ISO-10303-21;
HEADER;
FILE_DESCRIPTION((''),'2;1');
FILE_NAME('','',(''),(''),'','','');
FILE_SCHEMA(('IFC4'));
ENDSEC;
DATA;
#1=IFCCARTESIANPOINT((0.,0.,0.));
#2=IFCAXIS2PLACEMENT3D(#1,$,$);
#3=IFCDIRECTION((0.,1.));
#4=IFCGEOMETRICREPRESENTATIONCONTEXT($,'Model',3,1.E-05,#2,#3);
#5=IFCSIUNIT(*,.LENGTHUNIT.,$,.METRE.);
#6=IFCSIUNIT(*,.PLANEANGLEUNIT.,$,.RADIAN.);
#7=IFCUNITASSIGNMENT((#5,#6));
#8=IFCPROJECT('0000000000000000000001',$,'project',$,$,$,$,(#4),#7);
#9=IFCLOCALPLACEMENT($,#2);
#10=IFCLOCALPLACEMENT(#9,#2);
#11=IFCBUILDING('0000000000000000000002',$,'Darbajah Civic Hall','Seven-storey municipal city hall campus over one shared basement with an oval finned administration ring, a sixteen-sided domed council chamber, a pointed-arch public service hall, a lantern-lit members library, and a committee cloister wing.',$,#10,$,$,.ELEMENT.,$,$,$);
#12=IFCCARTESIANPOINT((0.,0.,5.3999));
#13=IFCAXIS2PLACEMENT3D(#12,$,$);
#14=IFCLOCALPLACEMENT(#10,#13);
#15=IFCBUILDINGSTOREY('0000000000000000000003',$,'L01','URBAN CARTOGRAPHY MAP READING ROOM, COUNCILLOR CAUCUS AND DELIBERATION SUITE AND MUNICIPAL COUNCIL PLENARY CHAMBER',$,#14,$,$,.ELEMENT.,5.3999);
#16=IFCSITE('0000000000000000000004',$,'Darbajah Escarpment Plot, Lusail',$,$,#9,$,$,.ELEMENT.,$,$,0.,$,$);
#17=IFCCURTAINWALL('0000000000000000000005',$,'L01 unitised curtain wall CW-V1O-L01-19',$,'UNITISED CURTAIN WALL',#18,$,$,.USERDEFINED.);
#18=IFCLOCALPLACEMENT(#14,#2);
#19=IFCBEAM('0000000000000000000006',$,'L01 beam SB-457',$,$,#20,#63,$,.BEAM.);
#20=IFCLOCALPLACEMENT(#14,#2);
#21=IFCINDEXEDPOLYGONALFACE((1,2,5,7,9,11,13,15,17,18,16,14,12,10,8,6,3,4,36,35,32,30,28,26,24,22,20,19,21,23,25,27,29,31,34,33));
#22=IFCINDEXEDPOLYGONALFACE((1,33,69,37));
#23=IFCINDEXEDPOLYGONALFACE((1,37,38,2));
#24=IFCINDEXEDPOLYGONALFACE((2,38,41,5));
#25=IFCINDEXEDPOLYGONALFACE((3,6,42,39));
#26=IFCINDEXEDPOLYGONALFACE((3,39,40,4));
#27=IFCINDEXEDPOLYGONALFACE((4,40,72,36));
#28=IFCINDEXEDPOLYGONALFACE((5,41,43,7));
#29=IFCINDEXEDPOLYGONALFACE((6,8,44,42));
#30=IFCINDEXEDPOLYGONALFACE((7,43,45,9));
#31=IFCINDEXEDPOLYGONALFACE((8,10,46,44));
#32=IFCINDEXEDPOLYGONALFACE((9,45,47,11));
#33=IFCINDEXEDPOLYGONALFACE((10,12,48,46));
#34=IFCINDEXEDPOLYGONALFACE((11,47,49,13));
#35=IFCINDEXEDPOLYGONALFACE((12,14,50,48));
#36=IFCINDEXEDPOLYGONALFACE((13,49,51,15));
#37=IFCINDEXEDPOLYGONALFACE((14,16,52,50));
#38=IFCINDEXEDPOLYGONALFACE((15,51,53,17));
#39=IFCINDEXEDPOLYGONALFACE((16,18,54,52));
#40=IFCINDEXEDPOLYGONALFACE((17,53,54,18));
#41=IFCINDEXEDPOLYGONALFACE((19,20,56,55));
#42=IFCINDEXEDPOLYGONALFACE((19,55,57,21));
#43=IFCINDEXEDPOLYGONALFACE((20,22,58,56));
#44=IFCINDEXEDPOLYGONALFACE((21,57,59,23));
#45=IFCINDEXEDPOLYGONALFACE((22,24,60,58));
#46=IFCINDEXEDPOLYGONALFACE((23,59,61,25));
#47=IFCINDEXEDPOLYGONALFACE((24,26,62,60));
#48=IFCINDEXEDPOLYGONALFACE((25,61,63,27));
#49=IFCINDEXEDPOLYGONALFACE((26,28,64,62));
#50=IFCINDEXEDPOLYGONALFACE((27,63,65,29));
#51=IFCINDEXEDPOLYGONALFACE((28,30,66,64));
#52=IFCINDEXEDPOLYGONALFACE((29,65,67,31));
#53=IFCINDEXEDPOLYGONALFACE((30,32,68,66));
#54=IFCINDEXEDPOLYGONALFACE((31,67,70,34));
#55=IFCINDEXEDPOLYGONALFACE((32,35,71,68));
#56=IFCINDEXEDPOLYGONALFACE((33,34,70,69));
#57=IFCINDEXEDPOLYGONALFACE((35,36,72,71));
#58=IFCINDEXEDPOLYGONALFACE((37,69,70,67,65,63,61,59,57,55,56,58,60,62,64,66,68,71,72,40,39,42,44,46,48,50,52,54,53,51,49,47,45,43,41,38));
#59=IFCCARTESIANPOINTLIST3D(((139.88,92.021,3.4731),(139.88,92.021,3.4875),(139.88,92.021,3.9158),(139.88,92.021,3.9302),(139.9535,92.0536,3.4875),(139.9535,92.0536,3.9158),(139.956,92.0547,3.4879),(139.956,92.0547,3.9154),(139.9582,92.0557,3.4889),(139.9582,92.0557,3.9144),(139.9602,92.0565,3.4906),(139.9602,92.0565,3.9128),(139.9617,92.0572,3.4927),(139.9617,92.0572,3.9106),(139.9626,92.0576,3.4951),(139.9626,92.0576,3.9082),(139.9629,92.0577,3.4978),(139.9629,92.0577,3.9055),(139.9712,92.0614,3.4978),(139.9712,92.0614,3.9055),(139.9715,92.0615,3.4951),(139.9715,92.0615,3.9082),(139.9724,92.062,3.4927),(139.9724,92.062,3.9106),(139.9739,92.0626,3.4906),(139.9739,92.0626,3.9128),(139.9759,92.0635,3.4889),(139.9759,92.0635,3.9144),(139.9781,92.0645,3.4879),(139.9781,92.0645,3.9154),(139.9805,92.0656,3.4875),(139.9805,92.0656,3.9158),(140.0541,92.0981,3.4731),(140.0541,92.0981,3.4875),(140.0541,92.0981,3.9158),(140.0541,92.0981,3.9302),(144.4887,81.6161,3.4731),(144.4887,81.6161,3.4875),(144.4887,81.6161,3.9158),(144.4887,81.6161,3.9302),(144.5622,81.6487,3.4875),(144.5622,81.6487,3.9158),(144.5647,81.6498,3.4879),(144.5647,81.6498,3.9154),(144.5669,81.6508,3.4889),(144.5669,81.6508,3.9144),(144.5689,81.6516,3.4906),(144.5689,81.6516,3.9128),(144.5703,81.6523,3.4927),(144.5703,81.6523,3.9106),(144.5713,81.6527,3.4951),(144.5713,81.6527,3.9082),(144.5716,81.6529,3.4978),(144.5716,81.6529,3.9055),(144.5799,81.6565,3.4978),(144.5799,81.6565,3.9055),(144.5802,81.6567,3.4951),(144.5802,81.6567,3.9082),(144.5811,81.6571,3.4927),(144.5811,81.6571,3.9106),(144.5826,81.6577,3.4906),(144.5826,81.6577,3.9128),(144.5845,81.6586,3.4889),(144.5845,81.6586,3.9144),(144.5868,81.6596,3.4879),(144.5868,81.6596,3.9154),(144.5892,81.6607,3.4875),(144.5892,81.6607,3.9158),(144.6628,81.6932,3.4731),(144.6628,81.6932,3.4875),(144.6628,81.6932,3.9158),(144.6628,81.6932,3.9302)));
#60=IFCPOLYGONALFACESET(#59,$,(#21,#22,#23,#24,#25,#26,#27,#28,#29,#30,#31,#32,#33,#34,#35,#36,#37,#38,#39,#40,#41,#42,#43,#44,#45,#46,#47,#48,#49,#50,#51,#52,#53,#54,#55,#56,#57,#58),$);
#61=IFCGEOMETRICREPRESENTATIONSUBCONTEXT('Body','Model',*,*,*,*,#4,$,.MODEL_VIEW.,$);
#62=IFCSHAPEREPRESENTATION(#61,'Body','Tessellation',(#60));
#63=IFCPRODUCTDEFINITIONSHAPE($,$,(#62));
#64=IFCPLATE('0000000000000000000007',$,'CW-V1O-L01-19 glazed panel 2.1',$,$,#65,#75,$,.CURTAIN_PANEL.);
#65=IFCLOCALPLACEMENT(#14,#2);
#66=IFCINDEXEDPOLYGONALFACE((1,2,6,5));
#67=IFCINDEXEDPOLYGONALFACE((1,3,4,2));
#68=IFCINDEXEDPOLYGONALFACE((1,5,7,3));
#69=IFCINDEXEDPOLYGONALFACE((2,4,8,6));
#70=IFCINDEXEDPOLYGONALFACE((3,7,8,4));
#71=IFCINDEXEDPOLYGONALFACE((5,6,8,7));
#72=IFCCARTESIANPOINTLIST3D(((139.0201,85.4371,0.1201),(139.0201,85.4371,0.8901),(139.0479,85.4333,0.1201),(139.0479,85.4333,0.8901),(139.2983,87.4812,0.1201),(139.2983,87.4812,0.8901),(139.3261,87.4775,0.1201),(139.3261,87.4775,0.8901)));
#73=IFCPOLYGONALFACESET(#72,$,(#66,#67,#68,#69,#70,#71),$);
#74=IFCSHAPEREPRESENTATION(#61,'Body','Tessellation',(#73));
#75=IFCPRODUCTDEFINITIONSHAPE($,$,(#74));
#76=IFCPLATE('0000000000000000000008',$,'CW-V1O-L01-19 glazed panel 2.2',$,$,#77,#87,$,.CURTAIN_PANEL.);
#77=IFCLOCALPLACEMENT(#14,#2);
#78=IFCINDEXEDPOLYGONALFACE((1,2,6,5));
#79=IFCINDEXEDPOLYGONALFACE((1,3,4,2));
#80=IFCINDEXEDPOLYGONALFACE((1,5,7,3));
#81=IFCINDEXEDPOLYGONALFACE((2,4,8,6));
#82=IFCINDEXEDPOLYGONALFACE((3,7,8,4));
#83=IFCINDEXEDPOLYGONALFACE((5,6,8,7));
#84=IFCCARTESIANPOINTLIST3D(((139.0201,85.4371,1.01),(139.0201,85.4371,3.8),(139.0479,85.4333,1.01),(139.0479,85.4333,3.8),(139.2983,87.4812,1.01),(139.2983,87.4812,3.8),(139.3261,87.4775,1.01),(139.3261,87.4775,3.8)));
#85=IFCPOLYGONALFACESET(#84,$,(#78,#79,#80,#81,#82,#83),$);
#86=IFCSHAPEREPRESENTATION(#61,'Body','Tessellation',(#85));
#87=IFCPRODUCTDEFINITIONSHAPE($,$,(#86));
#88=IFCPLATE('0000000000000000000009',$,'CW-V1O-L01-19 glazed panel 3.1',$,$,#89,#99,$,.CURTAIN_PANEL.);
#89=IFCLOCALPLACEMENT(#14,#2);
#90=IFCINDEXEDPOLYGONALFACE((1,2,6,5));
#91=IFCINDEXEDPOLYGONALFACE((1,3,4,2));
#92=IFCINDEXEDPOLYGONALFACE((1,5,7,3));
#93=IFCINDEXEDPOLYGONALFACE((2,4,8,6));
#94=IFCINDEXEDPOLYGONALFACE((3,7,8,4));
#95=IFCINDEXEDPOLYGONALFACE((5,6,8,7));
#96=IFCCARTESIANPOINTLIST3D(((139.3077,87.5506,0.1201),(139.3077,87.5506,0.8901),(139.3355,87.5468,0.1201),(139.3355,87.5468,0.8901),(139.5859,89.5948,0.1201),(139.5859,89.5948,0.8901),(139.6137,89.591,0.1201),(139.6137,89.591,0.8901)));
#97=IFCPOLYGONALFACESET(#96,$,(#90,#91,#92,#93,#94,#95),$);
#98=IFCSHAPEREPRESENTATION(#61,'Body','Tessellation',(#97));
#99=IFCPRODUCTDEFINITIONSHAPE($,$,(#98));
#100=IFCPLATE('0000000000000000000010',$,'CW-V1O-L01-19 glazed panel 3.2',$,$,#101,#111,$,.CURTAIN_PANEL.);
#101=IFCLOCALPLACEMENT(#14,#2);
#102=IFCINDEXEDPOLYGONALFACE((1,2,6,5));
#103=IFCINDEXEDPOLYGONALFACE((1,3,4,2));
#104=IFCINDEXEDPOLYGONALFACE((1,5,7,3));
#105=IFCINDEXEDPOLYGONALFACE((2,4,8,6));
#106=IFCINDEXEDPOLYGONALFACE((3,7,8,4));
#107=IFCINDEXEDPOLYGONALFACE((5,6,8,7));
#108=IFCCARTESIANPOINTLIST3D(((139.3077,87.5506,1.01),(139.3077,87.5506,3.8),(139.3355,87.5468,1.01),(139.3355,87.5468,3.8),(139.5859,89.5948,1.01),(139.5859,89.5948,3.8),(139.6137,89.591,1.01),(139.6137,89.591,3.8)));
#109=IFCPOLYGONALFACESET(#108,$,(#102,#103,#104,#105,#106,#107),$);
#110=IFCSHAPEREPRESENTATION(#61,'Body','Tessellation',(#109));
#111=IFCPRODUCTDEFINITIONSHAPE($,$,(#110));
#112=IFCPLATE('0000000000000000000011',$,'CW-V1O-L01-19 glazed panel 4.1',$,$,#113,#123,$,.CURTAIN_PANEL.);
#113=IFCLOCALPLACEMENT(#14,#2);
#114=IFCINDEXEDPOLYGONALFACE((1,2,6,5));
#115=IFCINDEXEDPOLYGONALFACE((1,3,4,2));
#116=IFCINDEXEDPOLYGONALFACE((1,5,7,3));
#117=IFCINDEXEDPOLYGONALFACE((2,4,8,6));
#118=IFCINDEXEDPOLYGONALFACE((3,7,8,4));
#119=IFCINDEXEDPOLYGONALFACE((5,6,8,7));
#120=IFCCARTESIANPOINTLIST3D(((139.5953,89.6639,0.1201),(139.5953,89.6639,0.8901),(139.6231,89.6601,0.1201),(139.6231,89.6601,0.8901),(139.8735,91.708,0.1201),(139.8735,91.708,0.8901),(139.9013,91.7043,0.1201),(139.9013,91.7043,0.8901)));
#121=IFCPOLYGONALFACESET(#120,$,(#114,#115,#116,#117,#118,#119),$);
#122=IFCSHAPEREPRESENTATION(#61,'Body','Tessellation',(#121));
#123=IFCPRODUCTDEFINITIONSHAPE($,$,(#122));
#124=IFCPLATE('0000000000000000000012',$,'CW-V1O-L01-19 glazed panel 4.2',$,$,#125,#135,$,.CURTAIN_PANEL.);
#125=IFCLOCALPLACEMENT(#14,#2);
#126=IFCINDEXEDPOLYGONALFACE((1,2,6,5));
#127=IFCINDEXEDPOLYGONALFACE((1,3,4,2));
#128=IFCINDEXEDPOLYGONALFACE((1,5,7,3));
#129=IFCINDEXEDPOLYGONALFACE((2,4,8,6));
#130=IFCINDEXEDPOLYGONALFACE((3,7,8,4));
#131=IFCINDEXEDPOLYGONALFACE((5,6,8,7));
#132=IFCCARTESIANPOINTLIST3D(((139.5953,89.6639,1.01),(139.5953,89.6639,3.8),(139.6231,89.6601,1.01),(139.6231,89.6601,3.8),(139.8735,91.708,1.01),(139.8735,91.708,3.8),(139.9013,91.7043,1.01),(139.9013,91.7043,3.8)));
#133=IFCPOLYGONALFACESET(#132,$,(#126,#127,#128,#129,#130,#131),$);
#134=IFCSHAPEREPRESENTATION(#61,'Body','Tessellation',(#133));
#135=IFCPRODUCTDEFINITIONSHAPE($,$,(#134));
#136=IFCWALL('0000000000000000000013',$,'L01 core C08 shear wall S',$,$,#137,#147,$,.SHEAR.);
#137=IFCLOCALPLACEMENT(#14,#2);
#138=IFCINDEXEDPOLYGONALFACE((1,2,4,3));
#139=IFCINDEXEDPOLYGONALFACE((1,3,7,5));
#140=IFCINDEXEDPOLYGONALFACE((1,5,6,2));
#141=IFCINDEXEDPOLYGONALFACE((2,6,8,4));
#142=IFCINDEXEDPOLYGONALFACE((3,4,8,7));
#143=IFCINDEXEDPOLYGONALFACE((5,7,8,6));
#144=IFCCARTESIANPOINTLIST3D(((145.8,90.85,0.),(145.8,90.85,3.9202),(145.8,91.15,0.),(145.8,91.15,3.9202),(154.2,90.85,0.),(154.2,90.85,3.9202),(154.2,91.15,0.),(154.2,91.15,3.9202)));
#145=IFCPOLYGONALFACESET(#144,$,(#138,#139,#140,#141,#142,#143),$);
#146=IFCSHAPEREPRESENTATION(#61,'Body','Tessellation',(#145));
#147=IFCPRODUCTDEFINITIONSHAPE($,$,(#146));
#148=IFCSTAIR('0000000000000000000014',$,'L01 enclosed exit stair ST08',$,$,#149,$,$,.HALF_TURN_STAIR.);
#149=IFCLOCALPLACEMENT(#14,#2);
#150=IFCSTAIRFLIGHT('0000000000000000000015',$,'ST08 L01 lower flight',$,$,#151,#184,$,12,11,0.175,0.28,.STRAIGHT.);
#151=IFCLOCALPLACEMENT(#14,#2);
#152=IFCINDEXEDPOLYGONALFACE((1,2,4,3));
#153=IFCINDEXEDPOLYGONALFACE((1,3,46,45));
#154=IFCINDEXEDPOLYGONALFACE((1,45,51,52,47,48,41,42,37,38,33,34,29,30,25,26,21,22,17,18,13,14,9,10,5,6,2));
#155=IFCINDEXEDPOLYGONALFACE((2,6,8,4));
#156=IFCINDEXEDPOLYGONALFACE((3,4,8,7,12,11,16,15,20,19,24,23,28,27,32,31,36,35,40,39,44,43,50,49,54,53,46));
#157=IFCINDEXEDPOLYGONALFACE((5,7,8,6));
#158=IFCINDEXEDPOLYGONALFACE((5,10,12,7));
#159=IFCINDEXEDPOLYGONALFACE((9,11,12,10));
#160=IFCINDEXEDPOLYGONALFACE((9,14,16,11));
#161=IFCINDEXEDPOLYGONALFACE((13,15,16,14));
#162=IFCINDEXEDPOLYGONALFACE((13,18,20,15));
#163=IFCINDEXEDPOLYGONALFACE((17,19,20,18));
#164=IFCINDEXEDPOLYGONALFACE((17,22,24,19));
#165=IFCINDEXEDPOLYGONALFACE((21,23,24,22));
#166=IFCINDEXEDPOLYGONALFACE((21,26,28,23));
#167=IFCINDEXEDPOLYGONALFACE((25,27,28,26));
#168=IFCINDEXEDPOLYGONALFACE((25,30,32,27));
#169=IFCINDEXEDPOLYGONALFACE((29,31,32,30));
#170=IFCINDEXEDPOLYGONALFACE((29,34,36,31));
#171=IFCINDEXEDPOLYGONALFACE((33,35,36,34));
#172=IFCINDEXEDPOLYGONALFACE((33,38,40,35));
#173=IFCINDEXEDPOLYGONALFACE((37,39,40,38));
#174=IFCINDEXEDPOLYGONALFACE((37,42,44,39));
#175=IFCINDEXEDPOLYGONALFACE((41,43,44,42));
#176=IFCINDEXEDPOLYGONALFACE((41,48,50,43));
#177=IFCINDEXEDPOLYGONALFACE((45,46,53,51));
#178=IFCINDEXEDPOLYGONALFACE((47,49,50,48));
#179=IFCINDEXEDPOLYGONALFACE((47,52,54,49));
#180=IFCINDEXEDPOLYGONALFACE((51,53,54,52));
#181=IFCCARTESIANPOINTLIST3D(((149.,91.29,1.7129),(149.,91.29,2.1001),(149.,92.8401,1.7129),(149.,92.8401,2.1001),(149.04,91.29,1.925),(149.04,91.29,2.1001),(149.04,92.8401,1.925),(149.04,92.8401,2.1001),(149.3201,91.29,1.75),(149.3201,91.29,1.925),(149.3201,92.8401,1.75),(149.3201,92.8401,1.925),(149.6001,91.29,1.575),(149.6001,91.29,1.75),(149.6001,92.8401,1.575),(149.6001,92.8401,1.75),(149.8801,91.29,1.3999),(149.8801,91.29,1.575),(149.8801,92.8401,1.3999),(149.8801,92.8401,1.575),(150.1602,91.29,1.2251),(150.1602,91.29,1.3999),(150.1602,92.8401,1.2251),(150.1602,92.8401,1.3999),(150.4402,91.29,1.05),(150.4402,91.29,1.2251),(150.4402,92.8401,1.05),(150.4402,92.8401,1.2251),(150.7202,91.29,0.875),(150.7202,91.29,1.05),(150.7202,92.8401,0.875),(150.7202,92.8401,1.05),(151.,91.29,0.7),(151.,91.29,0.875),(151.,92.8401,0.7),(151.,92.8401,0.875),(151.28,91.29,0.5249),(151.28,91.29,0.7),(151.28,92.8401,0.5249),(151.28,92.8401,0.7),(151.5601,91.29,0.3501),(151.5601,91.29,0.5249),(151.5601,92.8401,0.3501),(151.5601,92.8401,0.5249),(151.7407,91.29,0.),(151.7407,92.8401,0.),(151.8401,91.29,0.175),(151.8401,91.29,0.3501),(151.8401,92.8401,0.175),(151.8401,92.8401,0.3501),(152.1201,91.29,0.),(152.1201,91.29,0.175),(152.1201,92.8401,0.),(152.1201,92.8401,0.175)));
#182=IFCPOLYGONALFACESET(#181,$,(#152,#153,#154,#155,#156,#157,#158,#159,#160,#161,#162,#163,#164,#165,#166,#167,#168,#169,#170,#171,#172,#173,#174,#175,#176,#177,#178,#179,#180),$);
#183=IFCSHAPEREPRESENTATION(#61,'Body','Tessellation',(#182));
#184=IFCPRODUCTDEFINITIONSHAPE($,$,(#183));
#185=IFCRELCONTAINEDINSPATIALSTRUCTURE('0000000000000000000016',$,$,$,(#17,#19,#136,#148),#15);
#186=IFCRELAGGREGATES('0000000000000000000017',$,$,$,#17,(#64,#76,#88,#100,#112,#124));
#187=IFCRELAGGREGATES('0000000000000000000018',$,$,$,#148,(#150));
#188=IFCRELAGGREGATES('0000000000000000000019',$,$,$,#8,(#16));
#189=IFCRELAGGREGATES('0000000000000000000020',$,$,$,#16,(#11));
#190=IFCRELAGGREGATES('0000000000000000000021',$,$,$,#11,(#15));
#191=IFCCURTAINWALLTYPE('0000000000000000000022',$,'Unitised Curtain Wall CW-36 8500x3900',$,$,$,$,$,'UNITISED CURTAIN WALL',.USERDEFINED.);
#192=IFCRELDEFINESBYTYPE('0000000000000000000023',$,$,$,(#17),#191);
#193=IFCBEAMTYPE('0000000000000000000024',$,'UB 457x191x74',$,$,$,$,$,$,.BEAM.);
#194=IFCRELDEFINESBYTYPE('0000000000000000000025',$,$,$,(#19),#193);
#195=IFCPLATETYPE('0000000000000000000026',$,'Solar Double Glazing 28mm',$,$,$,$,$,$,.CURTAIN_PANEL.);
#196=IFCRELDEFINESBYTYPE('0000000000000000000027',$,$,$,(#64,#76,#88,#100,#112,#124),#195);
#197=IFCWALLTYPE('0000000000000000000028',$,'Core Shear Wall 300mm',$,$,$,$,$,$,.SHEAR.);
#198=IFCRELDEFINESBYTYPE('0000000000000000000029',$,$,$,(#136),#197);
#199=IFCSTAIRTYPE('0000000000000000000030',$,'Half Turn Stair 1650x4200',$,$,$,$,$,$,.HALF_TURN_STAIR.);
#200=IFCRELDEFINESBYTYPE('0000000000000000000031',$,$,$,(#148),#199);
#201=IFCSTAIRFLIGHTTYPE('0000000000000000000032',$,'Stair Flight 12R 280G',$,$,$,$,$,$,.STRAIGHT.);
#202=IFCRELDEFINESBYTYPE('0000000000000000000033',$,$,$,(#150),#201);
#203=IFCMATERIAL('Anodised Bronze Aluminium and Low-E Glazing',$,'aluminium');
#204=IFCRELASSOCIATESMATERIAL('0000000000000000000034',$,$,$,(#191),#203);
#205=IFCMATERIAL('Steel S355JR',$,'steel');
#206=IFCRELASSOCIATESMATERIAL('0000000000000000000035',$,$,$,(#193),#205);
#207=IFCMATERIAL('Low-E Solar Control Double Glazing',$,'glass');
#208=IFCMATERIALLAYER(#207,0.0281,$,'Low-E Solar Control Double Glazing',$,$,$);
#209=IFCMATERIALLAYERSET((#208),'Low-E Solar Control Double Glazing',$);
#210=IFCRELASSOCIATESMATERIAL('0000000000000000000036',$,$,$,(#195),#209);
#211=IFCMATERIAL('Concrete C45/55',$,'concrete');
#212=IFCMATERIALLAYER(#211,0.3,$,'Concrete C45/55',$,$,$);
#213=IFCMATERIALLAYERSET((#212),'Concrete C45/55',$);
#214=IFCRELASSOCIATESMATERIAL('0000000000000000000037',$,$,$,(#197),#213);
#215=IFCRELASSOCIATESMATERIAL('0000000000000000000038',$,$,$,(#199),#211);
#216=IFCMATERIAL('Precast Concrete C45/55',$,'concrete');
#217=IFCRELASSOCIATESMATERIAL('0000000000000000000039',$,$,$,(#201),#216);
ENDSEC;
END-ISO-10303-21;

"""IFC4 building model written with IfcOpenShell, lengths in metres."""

from ifc_helpers import new_model, si_unit, direction, frame, frame_2d, origin, origin_2d, place, context, subcontext, project, spatial, polyline, rectangle, i_section, outline, extrude, material, layer, layer_set, material_profile, profile_set, type_object, element, aggregate, save


model = new_model("IFC4")

# Units and contexts
model_context = context("Model", 3, precision=1e-05, world=origin(), true_north=direction((0.0, 1.0)))
body_context = subcontext(model_context, "Body", "Model", "MODEL_VIEW")
ifc_project = project(units=[si_unit("LENGTHUNIT", "METRE"), si_unit("PLANEANGLEUNIT", "RADIAN")], contexts=[model_context])

# Site, building, storey
site_placement = place(None, origin())
site = spatial("IfcSite", under=ifc_project, at=site_placement, Name="Darbajah Escarpment Plot, Lusail", CompositionType="ELEMENT", RefElevation=0.0)
building_placement = place(site_placement, origin())
building = spatial("IfcBuilding", under=site, at=building_placement, Name="Darbajah Civic Hall", Description="Seven-storey municipal city hall campus over one shared basement with an oval finned administration ring, a sixteen-sided domed council chamber, a pointed-arch public service hall, a lantern-lit members library, and a committee cloister wing.", CompositionType="ELEMENT")
storey_placement = place(building_placement, frame((0.0, 0.0, 5.3999)))
storey = spatial("IfcBuildingStorey", under=building, at=storey_placement, Name="L01", Description="URBAN CARTOGRAPHY MAP READING ROOM, COUNCILLOR CAUCUS AND DELIBERATION SUITE AND MUNICIPAL COUNCIL PLENARY CHAMBER", CompositionType="ELEMENT", Elevation=5.3999)

# Curtain wall
ifc_material_1 = material(Name="Anodised Bronze Aluminium and Low-E Glazing", Category="aluminium")
curtain_wall_type = type_object("IfcCurtainWallType", Name="Unitised Curtain Wall CW-36 8500x3900", ElementType="UNITISED CURTAIN WALL", PredefinedType="USERDEFINED", material=ifc_material_1)
curtain_wall_placement = place(storey_placement, origin())
curtain_wall = element("IfcCurtainWall", 1, at=curtain_wall_placement, inside=storey, type_object=curtain_wall_type, Name="L01 unitised curtain wall CW-V1O-L01-19", ObjectType="UNITISED CURTAIN WALL", PredefinedType="USERDEFINED")

# Beam
ifc_material_2 = material(Name="Concrete C45/55", Category="concrete")
ifc_material_3 = material(Name="Steel S355JR", Category="steel")
ifc_material_profile_1 = material_profile(ifc_material_3, i_section(OverallWidth=0.1904, OverallDepth=0.457, WebThickness=0.009, FlangeThickness=0.0144, FilletRadius=0.0103, at=origin_2d()), Name="UB 457x191x74")
ifc_profile_set_1 = profile_set([ifc_material_profile_1], Name="Steel S355JR")
beam_type_1 = type_object("IfcBeamType", Name="UB 457x191x74", PredefinedType="BEAM", material=ifc_profile_set_1)
beam_1_placement = place(storey_placement, frame((139.967, 92.0596, 3.7017), z_axis=(0.404986, -0.914323, 0.0), x_axis=(0.914323, 0.404986, 0.0)))
element("IfcBeam", 2, at=beam_1_placement, inside=storey, type_object=beam_type_1, Name="L01 beam SB-457", PredefinedType="BEAM", context=body_context, shape_type="SweptSolid", body=[
    extrude(i_section(OverallWidth=0.1904, OverallDepth=0.457, WebThickness=0.009, FlangeThickness=0.0144, FilletRadius=0.0103, at=origin_2d()), origin(), (0.0, 0.0, 1.0), 11.3799),
])

# Plates
ifc_material_4 = material(Name="Low-E Solar Control Double Glazing", Category="glass")
ifc_layer_1 = layer(ifc_material_4, 0.0281, Name="Low-E Solar Control Double Glazing")
ifc_layer_set_1 = layer_set([ifc_layer_1], Name="Low-E Solar Control Double Glazing")
plate_type = type_object("IfcPlateType", Name="Solar Double Glazing 28mm", PredefinedType="CURTAIN_PANEL", material=ifc_layer_set_1)
plate_1_placement = place(storey_placement, frame((139.1731, 86.4573, 0.1201), z_axis=(0.0, 0.0, 1.0), x_axis=(0.134851, 0.990866, 0.0)))
plate_1 = element("IfcPlate", 3, at=plate_1_placement, type_object=plate_type, Name="CW-V1O-L01-19 glazed panel 2.1", PredefinedType="CURTAIN_PANEL", context=body_context, shape_type="SweptSolid", body=[
    extrude(rectangle(XDim=2.063, YDim=0.0281, at=origin_2d()), origin(), (0.0, 0.0, 1.0), 0.77),
])
plate_2_placement = place(storey_placement, frame((139.1731, 86.4573, 1.01), z_axis=(0.0, 0.0, 1.0), x_axis=(0.134851, 0.990866, 0.0)))
plate_2 = element("IfcPlate", 4, at=plate_2_placement, type_object=plate_type, Name="CW-V1O-L01-19 glazed panel 2.2", PredefinedType="CURTAIN_PANEL", context=body_context, shape_type="SweptSolid", body=[
    extrude(rectangle(XDim=2.063, YDim=0.0281, at=origin_2d()), origin(), (0.0, 0.0, 1.0), 2.79),
])
plate_3_placement = place(storey_placement, frame((139.4607, 88.5708, 0.1201), z_axis=(0.0, 0.0, 1.0), x_axis=(0.134851, 0.990866, 0.0)))
plate_3 = element("IfcPlate", 5, at=plate_3_placement, type_object=plate_type, Name="CW-V1O-L01-19 glazed panel 3.1", PredefinedType="CURTAIN_PANEL", context=body_context, shape_type="SweptSolid", body=[
    extrude(rectangle(XDim=2.063, YDim=0.0281, at=origin_2d()), origin(), (0.0, 0.0, 1.0), 0.77),
])
plate_4_placement = place(storey_placement, frame((139.4607, 88.5708, 1.01), z_axis=(0.0, 0.0, 1.0), x_axis=(0.134851, 0.990866, 0.0)))
plate_4 = element("IfcPlate", 6, at=plate_4_placement, type_object=plate_type, Name="CW-V1O-L01-19 glazed panel 3.2", PredefinedType="CURTAIN_PANEL", context=body_context, shape_type="SweptSolid", body=[
    extrude(rectangle(XDim=2.063, YDim=0.0281, at=origin_2d()), origin(), (0.0, 0.0, 1.0), 2.79),
])
plate_5_placement = place(storey_placement, frame((139.7483, 90.6841, 0.1201), z_axis=(0.0, 0.0, 1.0), x_axis=(0.134851, 0.990866, 0.0)))
plate_5 = element("IfcPlate", 7, at=plate_5_placement, type_object=plate_type, Name="CW-V1O-L01-19 glazed panel 4.1", PredefinedType="CURTAIN_PANEL", context=body_context, shape_type="SweptSolid", body=[
    extrude(rectangle(XDim=2.063, YDim=0.0281, at=origin_2d()), origin(), (0.0, 0.0, 1.0), 0.77),
])
plate_6_placement = place(storey_placement, frame((139.7483, 90.6841, 1.01), z_axis=(0.0, 0.0, 1.0), x_axis=(0.134851, 0.990866, 0.0)))
plate_6 = element("IfcPlate", 8, at=plate_6_placement, type_object=plate_type, Name="CW-V1O-L01-19 glazed panel 4.2", PredefinedType="CURTAIN_PANEL", context=body_context, shape_type="SweptSolid", body=[
    extrude(rectangle(XDim=2.063, YDim=0.0281, at=origin_2d()), origin(), (0.0, 0.0, 1.0), 2.79),
])
aggregate(curtain_wall, [plate_1, plate_2, plate_3, plate_4, plate_5, plate_6])

# Wall
ifc_layer_2 = layer(ifc_material_2, 0.3, Name="Concrete C45/55")
ifc_layer_set_2 = layer_set([ifc_layer_2], Name="Concrete C45/55")
wall_type = type_object("IfcWallType", Name="Core Shear Wall 300mm", PredefinedType="SHEAR", material=ifc_layer_set_2)
wall_placement = place(storey_placement, frame((145.8, 91.0, 0.0), z_axis=(0.0, 0.0, 1.0), x_axis=(1.0, 0.0, 0.0)))
element("IfcWall", 9, at=wall_placement, inside=storey, type_object=wall_type, Name="L01 core C08 shear wall S", PredefinedType="SHEAR", context=body_context, shape_type="SweptSolid", body=[
    extrude(rectangle(XDim=8.3999, YDim=0.3, at=frame_2d((4.2, 0.0))), origin(), (0.0, 0.0, 1.0), 3.9202),
])

# Stair, stair flight
stair_type = type_object("IfcStairType", Name="Half Turn Stair 1650x4200", PredefinedType="HALF_TURN_STAIR", material=ifc_material_2)
stair_placement = place(storey_placement, origin())
stair = element("IfcStair", 10, at=stair_placement, inside=storey, type_object=stair_type, Name="L01 enclosed exit stair ST08", PredefinedType="HALF_TURN_STAIR")
ifc_material_5 = material(Name="Precast Concrete C45/55", Category="concrete")
stair_flight_type = type_object("IfcStairFlightType", Name="Stair Flight 12R 280G", PredefinedType="STRAIGHT", material=ifc_material_5)
stair_flight_placement = place(storey_placement, frame((152.1201, 92.0649, 0.0), z_axis=(0.0, 0.0, 1.0), x_axis=(-1.0, 0.0, 0.0)))
stair_flight = element("IfcStairFlight", 11, at=stair_flight_placement, type_object=stair_flight_type, Name="ST08 L01 lower flight", NumberOfRisers=12, NumberOfTreads=11, PredefinedType="STRAIGHT", RiserHeight=0.175, TreadLength=0.28, context=body_context, shape_type="SweptSolid", body=[
    extrude(outline(polyline([(0.0, 0.0), (0.0, 0.175), (0.28, 0.175), (0.28, 0.3501), (0.5601, 0.3501), (0.5601, 0.5249), (0.8401, 0.5249), (0.8401, 0.7), (1.1201, 0.7), (1.1201, 0.875), (1.3999, 0.875), (1.3999, 1.05), (1.6799, 1.05), (1.6799, 1.2251), (1.96, 1.2251), (1.96, 1.3999), (2.24, 1.3999), (2.24, 1.575), (2.52, 1.575), (2.52, 1.75), (2.8, 1.75), (2.8, 1.925), (3.0801, 1.925), (3.0801, 2.1001), (3.1201, 2.1001), (3.1201, 1.7129), (0.3794, 0.0), (0.0, 0.0)])), frame((0.0, 0.7749, 0.0), z_axis=(0.0, -1.0, 0.0), x_axis=(1.0, 0.0, 0.0)), (0.0, 0.0, 1.0), 1.55),
])
aggregate(stair, [stair_flight])

save(model, "model.ifc")
